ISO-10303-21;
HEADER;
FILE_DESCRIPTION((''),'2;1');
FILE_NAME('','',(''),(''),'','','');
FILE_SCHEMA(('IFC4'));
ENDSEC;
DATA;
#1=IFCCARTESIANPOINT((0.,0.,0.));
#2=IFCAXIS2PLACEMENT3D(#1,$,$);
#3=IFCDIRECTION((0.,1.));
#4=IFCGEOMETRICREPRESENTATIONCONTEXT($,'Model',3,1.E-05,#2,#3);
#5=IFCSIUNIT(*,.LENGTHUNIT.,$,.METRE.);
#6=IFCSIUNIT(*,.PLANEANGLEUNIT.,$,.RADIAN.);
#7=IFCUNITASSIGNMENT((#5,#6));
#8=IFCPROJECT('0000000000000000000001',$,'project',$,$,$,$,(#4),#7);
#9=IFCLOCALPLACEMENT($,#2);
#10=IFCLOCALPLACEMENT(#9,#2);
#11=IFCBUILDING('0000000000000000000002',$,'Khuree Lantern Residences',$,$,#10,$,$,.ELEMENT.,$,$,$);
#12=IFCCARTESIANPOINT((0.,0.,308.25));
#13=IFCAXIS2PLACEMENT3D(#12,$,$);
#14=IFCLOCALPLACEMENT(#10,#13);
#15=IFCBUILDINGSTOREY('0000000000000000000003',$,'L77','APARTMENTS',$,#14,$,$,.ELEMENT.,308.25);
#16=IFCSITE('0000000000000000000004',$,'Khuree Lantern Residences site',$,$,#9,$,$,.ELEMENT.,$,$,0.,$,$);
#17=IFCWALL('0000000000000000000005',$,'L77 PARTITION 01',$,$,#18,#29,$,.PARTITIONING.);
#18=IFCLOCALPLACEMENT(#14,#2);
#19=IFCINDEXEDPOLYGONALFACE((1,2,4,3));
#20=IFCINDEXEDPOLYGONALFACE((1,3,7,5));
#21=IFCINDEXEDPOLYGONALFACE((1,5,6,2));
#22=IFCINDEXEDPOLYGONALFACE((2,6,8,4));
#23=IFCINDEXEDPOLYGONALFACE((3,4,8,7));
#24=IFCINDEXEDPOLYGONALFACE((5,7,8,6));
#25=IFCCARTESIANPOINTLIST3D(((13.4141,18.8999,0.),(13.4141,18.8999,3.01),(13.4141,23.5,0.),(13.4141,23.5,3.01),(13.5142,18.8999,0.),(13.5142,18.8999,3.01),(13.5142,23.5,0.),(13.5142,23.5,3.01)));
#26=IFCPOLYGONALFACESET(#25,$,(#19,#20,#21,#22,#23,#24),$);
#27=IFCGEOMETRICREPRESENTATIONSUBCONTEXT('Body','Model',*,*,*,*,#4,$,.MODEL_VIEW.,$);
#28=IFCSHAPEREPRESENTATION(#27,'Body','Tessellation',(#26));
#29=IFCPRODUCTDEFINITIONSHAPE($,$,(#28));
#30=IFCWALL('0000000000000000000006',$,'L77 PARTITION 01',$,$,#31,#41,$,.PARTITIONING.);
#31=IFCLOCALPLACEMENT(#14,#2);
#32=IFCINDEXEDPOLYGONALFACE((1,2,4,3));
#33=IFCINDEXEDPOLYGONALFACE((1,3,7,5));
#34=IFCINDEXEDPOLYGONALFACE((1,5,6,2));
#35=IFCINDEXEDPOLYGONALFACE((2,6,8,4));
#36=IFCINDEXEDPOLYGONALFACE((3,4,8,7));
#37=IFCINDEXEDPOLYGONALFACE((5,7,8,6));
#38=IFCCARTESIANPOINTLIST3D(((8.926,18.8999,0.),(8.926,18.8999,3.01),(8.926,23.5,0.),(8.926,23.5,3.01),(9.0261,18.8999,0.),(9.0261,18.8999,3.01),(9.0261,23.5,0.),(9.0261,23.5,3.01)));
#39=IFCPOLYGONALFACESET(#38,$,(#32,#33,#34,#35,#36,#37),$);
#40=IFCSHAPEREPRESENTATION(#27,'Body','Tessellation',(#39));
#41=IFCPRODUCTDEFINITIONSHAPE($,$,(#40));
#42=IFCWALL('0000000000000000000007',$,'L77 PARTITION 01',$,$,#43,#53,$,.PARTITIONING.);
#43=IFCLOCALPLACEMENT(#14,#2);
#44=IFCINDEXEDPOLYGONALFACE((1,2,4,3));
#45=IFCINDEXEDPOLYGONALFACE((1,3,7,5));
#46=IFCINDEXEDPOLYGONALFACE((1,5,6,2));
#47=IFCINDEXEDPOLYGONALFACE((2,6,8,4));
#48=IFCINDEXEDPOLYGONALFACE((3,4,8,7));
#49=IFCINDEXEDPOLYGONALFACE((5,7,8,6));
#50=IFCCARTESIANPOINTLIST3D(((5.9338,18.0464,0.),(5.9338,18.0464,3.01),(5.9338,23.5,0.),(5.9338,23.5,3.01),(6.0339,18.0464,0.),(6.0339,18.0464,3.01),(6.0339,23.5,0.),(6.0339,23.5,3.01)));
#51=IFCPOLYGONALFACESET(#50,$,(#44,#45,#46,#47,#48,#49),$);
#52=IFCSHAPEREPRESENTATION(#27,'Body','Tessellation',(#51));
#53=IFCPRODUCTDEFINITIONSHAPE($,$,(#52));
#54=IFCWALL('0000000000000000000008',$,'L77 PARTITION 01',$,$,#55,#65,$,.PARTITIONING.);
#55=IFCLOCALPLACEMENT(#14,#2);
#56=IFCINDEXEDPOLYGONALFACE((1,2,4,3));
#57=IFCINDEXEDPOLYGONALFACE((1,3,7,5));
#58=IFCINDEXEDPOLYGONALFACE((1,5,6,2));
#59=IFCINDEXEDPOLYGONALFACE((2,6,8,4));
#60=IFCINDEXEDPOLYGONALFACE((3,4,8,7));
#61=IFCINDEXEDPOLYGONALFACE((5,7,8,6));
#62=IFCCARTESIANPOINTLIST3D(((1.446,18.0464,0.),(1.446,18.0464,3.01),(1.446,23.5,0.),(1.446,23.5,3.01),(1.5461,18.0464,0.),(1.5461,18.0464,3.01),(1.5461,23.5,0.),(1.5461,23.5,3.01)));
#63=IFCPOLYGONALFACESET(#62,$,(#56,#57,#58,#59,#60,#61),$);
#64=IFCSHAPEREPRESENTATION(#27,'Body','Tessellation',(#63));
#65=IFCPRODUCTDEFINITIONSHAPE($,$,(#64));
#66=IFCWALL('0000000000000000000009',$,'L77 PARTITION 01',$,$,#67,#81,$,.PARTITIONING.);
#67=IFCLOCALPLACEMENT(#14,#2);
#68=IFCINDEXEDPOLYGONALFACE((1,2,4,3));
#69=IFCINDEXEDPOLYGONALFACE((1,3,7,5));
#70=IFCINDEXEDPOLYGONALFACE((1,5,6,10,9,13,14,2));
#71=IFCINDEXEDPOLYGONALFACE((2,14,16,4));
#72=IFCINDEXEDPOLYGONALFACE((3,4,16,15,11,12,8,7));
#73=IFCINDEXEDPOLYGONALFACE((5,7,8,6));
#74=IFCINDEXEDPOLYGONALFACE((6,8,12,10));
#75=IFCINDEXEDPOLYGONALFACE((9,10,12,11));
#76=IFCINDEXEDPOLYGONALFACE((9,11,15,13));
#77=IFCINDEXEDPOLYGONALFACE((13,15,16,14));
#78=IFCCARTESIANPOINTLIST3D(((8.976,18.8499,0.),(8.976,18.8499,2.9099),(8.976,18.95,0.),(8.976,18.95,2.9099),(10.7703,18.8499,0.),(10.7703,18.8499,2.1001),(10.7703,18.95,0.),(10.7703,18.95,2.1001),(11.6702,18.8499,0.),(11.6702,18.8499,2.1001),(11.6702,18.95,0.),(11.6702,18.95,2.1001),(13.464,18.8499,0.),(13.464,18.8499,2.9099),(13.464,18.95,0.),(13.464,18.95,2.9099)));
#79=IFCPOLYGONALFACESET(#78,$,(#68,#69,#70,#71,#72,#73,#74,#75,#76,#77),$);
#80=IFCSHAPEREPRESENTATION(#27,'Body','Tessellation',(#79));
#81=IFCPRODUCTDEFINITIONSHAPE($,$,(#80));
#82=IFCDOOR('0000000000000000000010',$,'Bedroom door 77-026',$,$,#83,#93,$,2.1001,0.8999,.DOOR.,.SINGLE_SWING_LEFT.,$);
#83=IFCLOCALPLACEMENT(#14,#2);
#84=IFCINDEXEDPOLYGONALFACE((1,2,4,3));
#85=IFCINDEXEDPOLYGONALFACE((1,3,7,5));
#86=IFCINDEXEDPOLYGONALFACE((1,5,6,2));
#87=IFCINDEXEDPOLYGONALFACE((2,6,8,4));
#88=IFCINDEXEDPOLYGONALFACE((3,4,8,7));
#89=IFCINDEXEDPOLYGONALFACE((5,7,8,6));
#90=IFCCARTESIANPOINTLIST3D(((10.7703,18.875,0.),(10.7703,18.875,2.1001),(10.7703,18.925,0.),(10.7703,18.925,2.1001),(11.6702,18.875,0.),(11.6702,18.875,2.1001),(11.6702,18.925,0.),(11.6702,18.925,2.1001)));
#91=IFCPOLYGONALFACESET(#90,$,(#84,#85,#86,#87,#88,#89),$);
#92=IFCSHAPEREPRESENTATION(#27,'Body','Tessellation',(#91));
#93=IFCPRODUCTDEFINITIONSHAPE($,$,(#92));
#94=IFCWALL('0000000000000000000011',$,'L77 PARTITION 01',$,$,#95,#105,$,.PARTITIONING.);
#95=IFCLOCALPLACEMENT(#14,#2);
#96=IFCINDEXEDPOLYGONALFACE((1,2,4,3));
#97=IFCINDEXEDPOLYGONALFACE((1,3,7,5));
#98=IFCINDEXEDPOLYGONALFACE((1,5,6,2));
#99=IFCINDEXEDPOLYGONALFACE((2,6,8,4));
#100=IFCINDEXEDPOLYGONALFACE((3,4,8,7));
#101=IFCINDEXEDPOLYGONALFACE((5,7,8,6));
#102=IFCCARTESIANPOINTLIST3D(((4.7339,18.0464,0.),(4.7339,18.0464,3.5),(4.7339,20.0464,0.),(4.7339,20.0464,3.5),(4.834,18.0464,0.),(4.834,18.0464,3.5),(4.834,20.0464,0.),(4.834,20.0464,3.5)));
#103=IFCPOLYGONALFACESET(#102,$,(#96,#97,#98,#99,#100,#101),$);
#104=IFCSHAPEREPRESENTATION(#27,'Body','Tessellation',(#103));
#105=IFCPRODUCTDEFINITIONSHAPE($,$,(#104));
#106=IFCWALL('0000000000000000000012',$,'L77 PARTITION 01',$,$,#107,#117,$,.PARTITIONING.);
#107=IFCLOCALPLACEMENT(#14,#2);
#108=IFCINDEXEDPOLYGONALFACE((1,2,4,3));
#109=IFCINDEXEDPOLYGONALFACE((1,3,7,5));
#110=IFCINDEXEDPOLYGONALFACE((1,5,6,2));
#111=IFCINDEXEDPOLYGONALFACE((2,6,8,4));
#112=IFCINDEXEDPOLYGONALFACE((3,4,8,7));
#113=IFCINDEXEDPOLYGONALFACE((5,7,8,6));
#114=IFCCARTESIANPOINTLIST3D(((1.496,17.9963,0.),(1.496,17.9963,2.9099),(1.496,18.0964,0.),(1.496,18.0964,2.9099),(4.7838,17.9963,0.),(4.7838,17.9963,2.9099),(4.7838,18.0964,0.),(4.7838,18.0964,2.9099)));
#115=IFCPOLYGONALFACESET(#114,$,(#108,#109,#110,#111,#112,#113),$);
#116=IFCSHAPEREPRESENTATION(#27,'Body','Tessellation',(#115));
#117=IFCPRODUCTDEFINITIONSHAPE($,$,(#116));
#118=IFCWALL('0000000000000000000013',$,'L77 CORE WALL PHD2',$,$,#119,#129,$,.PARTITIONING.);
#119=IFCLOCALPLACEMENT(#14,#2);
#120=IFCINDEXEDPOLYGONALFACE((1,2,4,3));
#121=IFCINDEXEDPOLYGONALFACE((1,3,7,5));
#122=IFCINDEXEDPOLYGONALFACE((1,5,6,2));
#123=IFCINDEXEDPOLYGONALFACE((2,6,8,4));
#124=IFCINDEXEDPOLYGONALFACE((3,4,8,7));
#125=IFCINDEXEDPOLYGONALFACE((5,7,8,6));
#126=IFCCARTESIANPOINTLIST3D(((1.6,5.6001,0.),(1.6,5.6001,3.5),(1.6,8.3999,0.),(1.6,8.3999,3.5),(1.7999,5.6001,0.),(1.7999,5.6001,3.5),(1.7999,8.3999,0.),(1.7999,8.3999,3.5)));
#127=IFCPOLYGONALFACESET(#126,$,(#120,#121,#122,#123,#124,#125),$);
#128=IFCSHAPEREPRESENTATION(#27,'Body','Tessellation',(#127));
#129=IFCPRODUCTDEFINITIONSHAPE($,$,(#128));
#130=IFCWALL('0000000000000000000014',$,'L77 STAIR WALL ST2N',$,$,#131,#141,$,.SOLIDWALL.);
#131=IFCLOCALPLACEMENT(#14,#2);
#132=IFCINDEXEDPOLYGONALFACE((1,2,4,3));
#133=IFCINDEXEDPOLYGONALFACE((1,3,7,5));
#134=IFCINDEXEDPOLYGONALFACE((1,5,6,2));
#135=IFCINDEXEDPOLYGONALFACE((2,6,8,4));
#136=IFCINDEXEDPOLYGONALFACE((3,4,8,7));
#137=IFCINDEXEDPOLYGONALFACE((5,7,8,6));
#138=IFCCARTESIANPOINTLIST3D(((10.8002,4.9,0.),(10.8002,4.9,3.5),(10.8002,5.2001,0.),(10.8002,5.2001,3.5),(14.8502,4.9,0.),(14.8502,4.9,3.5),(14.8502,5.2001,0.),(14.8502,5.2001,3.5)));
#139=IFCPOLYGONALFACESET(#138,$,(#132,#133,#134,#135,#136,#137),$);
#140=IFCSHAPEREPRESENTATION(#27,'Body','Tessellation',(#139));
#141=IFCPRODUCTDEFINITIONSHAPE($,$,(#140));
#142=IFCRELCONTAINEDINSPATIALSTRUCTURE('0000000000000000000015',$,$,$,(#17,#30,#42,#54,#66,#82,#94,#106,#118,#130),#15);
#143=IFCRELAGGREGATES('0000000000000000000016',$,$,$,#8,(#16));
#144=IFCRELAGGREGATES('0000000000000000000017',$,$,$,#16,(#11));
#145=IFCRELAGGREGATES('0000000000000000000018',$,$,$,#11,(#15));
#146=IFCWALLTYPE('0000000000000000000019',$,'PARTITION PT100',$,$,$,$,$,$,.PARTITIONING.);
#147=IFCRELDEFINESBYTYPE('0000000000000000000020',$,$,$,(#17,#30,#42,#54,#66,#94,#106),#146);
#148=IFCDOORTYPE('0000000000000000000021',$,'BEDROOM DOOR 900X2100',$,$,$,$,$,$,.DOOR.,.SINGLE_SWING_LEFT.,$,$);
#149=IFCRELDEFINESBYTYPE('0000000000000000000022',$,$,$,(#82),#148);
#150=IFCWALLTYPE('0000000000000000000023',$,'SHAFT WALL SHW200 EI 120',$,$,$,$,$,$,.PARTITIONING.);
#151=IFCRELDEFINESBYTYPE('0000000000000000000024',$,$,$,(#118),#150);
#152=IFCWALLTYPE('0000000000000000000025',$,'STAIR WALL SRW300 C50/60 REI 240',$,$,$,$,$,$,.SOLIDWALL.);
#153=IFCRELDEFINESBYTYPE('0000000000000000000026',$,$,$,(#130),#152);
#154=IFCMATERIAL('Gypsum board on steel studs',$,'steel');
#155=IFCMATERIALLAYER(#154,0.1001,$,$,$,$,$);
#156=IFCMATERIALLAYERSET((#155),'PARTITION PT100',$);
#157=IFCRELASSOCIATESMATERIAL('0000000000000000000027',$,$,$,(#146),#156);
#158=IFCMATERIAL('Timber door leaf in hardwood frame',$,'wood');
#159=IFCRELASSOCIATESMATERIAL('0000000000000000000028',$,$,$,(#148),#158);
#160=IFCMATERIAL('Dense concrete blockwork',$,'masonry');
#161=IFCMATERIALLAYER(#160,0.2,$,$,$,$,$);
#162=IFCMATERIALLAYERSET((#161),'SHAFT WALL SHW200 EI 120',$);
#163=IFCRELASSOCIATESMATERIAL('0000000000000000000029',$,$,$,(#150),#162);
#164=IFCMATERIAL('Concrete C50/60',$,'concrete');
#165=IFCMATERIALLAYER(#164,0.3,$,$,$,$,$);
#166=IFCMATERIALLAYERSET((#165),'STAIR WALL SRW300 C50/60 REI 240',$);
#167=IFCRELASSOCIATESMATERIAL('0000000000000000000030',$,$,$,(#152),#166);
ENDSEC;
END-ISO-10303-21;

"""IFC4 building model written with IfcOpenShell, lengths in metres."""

from ifc_helpers import new_model, si_unit, direction, frame, frame_2d, origin, place, context, subcontext, project, spatial, rectangle, extrude, material, layer, layer_set, type_object, element, fill, save


model = new_model("IFC4")

# Units and contexts
model_context = context("Model", 3, precision=1e-05, world=origin(), true_north=direction((0.0, 1.0)))
body_context = subcontext(model_context, "Body", "Model", "MODEL_VIEW")
ifc_project = project(units=[si_unit("LENGTHUNIT", "METRE"), si_unit("PLANEANGLEUNIT", "RADIAN")], contexts=[model_context])

# Site, building, storey
site_placement = place(None, origin())
site = spatial("IfcSite", under=ifc_project, at=site_placement, Name="Khuree Lantern Residences site", CompositionType="ELEMENT", RefElevation=0.0)
building_placement = place(site_placement, origin())
building = spatial("IfcBuilding", under=site, at=building_placement, Name="Khuree Lantern Residences", CompositionType="ELEMENT")
storey_placement = place(building_placement, frame((0.0, 0.0, 308.25)))
storey = spatial("IfcBuildingStorey", under=building, at=storey_placement, Name="L77", Description="APARTMENTS", CompositionType="ELEMENT", Elevation=308.25)

# Shared definitions
ifc_material_1 = material(Name="Concrete C50/60", Category="concrete")

# Shared definitions
ifc_material_2 = material(Name="Dense concrete blockwork", Category="masonry")

# Shared definitions
ifc_material_3 = material(Name="Timber door leaf in hardwood frame", Category="wood")

# Walls
ifc_material_4 = material(Name="Gypsum board on steel studs", Category="steel")
ifc_layer_1 = layer(ifc_material_4, 0.1001)
ifc_layer_set_1 = layer_set([ifc_layer_1], Name="PARTITION PT100")
wall_type_1 = type_object("IfcWallType", Name="PARTITION PT100", PredefinedType="PARTITIONING", material=ifc_layer_set_1)
for number, where, z_axis, x_axis, name in (
    (1, (13.4641, 18.8999, 0.0), (0.0, 0.0, 1.0), (0.0, 1.0, 0.0), "L77 PARTITION 01"),
    (2, (8.9761, 18.8999, 0.0), (0.0, 0.0, 1.0), (0.0, 1.0, 0.0), "L77 PARTITION 01"),
):
    element("IfcWall", number, at=place(storey_placement, frame(where, z_axis=z_axis, x_axis=x_axis)), inside=storey, type_object=wall_type_1, Name=name, PredefinedType="PARTITIONING", context=body_context, shape_type="SweptSolid", body=[
        extrude(rectangle(XDim=4.6001, YDim=0.1001, at=frame_2d((2.3, 0.0))), origin(), (0.0, 0.0, 1.0), 3.01),
    ])
for number, where, z_axis, x_axis, name in (
    (3, (5.9839, 18.0464, 0.0), (0.0, 0.0, 1.0), (0.0, 1.0, 0.0), "L77 PARTITION 01"),
    (4, (1.4961, 18.0464, 0.0), (0.0, 0.0, 1.0), (0.0, 1.0, 0.0), "L77 PARTITION 01"),
):
    element("IfcWall", number, at=place(storey_placement, frame(where, z_axis=z_axis, x_axis=x_axis)), inside=storey, type_object=wall_type_1, Name=name, PredefinedType="PARTITIONING", context=body_context, shape_type="SweptSolid", body=[
        extrude(rectangle(XDim=5.4536, YDim=0.1001, at=frame_2d((2.7268, 0.0))), origin(), (0.0, 0.0, 1.0), 3.01),
    ])

# Wall, opening, door
wall_1_placement = place(storey_placement, frame((13.4641, 18.8999, 0.0), z_axis=(0.0, 0.0, 1.0), x_axis=(-1.0, 0.0, 0.0)))
wall_1 = element("IfcWall", 5, at=wall_1_placement, inside=storey, type_object=wall_type_1, Name="L77 PARTITION 01", PredefinedType="PARTITIONING", context=body_context, shape_type="SweptSolid", body=[
    extrude(rectangle(XDim=4.488, YDim=0.1001, at=frame_2d((2.2441, 0.0))), origin(), (0.0, 0.0, 1.0), 2.9099),
])
opening_1_placement = place(wall_1_placement, frame((1.7939, 0.0, 0.0)))
opening_1 = element("IfcOpeningElement", 6, at=opening_1_placement, cuts=wall_1, PredefinedType="OPENING", context=body_context, shape_type="SweptSolid", body=[
    extrude(rectangle(XDim=0.8999, YDim=2.1001, at=frame_2d((0.45, 1.05))), frame((0.0, 0.0601, 0.0), z_axis=(0.0, -1.0, 0.0), x_axis=(1.0, 0.0, 0.0)), (0.0, 0.0, 1.0), 0.1201),
])
door_type_1 = type_object("IfcDoorType", Name="BEDROOM DOOR 900X2100", OperationType="SINGLE_SWING_LEFT", PredefinedType="DOOR", material=ifc_material_3)
door_1_placement = place(opening_1_placement, origin())
door_1 = element("IfcDoor", 7, at=door_1_placement, inside=storey, type_object=door_type_1, Name="Bedroom door 77-026", OperationType="SINGLE_SWING_LEFT", OverallHeight=2.1001, OverallWidth=0.8999, PredefinedType="DOOR", context=body_context, shape_type="SweptSolid", body=[
    extrude(rectangle(XDim=0.8999, YDim=2.1001, at=frame_2d((0.45, 1.05))), frame((0.0, 0.0249, 0.0), z_axis=(0.0, -1.0, 0.0), x_axis=(1.0, 0.0, 0.0)), (0.0, 0.0, 1.0), 0.05),
])
fill(opening_1, door_1)

# Walls
wall_2_placement = place(storey_placement, frame((4.7839, 18.0464, 0.0), z_axis=(0.0, 0.0, 1.0), x_axis=(0.0, 1.0, 0.0)))
element("IfcWall", 8, at=wall_2_placement, inside=storey, type_object=wall_type_1, Name="L77 PARTITION 01", PredefinedType="PARTITIONING", context=body_context, shape_type="SweptSolid", body=[
    extrude(rectangle(XDim=2.0, YDim=0.1001, at=frame_2d((1.0, 0.0))), origin(), (0.0, 0.0, 1.0), 3.5),
])
wall_3_placement = place(storey_placement, frame((4.7839, 18.0464, 0.0), z_axis=(0.0, 0.0, 1.0), x_axis=(-1.0, 0.0, 0.0)))
element("IfcWall", 9, at=wall_3_placement, inside=storey, type_object=wall_type_1, Name="L77 PARTITION 01", PredefinedType="PARTITIONING", context=body_context, shape_type="SweptSolid", body=[
    extrude(rectangle(XDim=3.2878, YDim=0.1001, at=frame_2d((1.644, 0.0))), origin(), (0.0, 0.0, 1.0), 2.9099),
])
ifc_layer_2 = layer(ifc_material_2, 0.2)
ifc_layer_set_2 = layer_set([ifc_layer_2], Name="SHAFT WALL SHW200 EI 120")
wall_type_2 = type_object("IfcWallType", Name="SHAFT WALL SHW200 EI 120", PredefinedType="PARTITIONING", material=ifc_layer_set_2)
wall_4_placement = place(storey_placement, frame((1.7, 5.6001, 0.0), z_axis=(0.0, 0.0, 1.0), x_axis=(0.0, 1.0, 0.0)))
element("IfcWall", 10, at=wall_4_placement, inside=storey, type_object=wall_type_2, Name="L77 CORE WALL PHD2", PredefinedType="PARTITIONING", context=body_context, shape_type="SweptSolid", body=[
    extrude(rectangle(XDim=2.7998, YDim=0.2, at=frame_2d((1.3999, 0.0))), origin(), (0.0, 0.0, 1.0), 3.5),
])
ifc_layer_3 = layer(ifc_material_1, 0.3)
ifc_layer_set_3 = layer_set([ifc_layer_3], Name="STAIR WALL SRW300 C50/60 REI 240")
wall_type_3 = type_object("IfcWallType", Name="STAIR WALL SRW300 C50/60 REI 240", PredefinedType="SOLIDWALL", material=ifc_layer_set_3)
wall_5_placement = place(storey_placement, frame((14.8501, 5.05, 0.0), z_axis=(0.0, 0.0, 1.0), x_axis=(-1.0, 0.0, 0.0)))
element("IfcWall", 11, at=wall_5_placement, inside=storey, type_object=wall_type_3, Name="L77 STAIR WALL ST2N", PredefinedType="SOLIDWALL", context=body_context, shape_type="SweptSolid", body=[
    extrude(rectangle(XDim=4.05, YDim=0.3, at=frame_2d((2.0249, 0.0))), origin(), (0.0, 0.0, 1.0), 3.5),
])

save(model, "model.ifc")
